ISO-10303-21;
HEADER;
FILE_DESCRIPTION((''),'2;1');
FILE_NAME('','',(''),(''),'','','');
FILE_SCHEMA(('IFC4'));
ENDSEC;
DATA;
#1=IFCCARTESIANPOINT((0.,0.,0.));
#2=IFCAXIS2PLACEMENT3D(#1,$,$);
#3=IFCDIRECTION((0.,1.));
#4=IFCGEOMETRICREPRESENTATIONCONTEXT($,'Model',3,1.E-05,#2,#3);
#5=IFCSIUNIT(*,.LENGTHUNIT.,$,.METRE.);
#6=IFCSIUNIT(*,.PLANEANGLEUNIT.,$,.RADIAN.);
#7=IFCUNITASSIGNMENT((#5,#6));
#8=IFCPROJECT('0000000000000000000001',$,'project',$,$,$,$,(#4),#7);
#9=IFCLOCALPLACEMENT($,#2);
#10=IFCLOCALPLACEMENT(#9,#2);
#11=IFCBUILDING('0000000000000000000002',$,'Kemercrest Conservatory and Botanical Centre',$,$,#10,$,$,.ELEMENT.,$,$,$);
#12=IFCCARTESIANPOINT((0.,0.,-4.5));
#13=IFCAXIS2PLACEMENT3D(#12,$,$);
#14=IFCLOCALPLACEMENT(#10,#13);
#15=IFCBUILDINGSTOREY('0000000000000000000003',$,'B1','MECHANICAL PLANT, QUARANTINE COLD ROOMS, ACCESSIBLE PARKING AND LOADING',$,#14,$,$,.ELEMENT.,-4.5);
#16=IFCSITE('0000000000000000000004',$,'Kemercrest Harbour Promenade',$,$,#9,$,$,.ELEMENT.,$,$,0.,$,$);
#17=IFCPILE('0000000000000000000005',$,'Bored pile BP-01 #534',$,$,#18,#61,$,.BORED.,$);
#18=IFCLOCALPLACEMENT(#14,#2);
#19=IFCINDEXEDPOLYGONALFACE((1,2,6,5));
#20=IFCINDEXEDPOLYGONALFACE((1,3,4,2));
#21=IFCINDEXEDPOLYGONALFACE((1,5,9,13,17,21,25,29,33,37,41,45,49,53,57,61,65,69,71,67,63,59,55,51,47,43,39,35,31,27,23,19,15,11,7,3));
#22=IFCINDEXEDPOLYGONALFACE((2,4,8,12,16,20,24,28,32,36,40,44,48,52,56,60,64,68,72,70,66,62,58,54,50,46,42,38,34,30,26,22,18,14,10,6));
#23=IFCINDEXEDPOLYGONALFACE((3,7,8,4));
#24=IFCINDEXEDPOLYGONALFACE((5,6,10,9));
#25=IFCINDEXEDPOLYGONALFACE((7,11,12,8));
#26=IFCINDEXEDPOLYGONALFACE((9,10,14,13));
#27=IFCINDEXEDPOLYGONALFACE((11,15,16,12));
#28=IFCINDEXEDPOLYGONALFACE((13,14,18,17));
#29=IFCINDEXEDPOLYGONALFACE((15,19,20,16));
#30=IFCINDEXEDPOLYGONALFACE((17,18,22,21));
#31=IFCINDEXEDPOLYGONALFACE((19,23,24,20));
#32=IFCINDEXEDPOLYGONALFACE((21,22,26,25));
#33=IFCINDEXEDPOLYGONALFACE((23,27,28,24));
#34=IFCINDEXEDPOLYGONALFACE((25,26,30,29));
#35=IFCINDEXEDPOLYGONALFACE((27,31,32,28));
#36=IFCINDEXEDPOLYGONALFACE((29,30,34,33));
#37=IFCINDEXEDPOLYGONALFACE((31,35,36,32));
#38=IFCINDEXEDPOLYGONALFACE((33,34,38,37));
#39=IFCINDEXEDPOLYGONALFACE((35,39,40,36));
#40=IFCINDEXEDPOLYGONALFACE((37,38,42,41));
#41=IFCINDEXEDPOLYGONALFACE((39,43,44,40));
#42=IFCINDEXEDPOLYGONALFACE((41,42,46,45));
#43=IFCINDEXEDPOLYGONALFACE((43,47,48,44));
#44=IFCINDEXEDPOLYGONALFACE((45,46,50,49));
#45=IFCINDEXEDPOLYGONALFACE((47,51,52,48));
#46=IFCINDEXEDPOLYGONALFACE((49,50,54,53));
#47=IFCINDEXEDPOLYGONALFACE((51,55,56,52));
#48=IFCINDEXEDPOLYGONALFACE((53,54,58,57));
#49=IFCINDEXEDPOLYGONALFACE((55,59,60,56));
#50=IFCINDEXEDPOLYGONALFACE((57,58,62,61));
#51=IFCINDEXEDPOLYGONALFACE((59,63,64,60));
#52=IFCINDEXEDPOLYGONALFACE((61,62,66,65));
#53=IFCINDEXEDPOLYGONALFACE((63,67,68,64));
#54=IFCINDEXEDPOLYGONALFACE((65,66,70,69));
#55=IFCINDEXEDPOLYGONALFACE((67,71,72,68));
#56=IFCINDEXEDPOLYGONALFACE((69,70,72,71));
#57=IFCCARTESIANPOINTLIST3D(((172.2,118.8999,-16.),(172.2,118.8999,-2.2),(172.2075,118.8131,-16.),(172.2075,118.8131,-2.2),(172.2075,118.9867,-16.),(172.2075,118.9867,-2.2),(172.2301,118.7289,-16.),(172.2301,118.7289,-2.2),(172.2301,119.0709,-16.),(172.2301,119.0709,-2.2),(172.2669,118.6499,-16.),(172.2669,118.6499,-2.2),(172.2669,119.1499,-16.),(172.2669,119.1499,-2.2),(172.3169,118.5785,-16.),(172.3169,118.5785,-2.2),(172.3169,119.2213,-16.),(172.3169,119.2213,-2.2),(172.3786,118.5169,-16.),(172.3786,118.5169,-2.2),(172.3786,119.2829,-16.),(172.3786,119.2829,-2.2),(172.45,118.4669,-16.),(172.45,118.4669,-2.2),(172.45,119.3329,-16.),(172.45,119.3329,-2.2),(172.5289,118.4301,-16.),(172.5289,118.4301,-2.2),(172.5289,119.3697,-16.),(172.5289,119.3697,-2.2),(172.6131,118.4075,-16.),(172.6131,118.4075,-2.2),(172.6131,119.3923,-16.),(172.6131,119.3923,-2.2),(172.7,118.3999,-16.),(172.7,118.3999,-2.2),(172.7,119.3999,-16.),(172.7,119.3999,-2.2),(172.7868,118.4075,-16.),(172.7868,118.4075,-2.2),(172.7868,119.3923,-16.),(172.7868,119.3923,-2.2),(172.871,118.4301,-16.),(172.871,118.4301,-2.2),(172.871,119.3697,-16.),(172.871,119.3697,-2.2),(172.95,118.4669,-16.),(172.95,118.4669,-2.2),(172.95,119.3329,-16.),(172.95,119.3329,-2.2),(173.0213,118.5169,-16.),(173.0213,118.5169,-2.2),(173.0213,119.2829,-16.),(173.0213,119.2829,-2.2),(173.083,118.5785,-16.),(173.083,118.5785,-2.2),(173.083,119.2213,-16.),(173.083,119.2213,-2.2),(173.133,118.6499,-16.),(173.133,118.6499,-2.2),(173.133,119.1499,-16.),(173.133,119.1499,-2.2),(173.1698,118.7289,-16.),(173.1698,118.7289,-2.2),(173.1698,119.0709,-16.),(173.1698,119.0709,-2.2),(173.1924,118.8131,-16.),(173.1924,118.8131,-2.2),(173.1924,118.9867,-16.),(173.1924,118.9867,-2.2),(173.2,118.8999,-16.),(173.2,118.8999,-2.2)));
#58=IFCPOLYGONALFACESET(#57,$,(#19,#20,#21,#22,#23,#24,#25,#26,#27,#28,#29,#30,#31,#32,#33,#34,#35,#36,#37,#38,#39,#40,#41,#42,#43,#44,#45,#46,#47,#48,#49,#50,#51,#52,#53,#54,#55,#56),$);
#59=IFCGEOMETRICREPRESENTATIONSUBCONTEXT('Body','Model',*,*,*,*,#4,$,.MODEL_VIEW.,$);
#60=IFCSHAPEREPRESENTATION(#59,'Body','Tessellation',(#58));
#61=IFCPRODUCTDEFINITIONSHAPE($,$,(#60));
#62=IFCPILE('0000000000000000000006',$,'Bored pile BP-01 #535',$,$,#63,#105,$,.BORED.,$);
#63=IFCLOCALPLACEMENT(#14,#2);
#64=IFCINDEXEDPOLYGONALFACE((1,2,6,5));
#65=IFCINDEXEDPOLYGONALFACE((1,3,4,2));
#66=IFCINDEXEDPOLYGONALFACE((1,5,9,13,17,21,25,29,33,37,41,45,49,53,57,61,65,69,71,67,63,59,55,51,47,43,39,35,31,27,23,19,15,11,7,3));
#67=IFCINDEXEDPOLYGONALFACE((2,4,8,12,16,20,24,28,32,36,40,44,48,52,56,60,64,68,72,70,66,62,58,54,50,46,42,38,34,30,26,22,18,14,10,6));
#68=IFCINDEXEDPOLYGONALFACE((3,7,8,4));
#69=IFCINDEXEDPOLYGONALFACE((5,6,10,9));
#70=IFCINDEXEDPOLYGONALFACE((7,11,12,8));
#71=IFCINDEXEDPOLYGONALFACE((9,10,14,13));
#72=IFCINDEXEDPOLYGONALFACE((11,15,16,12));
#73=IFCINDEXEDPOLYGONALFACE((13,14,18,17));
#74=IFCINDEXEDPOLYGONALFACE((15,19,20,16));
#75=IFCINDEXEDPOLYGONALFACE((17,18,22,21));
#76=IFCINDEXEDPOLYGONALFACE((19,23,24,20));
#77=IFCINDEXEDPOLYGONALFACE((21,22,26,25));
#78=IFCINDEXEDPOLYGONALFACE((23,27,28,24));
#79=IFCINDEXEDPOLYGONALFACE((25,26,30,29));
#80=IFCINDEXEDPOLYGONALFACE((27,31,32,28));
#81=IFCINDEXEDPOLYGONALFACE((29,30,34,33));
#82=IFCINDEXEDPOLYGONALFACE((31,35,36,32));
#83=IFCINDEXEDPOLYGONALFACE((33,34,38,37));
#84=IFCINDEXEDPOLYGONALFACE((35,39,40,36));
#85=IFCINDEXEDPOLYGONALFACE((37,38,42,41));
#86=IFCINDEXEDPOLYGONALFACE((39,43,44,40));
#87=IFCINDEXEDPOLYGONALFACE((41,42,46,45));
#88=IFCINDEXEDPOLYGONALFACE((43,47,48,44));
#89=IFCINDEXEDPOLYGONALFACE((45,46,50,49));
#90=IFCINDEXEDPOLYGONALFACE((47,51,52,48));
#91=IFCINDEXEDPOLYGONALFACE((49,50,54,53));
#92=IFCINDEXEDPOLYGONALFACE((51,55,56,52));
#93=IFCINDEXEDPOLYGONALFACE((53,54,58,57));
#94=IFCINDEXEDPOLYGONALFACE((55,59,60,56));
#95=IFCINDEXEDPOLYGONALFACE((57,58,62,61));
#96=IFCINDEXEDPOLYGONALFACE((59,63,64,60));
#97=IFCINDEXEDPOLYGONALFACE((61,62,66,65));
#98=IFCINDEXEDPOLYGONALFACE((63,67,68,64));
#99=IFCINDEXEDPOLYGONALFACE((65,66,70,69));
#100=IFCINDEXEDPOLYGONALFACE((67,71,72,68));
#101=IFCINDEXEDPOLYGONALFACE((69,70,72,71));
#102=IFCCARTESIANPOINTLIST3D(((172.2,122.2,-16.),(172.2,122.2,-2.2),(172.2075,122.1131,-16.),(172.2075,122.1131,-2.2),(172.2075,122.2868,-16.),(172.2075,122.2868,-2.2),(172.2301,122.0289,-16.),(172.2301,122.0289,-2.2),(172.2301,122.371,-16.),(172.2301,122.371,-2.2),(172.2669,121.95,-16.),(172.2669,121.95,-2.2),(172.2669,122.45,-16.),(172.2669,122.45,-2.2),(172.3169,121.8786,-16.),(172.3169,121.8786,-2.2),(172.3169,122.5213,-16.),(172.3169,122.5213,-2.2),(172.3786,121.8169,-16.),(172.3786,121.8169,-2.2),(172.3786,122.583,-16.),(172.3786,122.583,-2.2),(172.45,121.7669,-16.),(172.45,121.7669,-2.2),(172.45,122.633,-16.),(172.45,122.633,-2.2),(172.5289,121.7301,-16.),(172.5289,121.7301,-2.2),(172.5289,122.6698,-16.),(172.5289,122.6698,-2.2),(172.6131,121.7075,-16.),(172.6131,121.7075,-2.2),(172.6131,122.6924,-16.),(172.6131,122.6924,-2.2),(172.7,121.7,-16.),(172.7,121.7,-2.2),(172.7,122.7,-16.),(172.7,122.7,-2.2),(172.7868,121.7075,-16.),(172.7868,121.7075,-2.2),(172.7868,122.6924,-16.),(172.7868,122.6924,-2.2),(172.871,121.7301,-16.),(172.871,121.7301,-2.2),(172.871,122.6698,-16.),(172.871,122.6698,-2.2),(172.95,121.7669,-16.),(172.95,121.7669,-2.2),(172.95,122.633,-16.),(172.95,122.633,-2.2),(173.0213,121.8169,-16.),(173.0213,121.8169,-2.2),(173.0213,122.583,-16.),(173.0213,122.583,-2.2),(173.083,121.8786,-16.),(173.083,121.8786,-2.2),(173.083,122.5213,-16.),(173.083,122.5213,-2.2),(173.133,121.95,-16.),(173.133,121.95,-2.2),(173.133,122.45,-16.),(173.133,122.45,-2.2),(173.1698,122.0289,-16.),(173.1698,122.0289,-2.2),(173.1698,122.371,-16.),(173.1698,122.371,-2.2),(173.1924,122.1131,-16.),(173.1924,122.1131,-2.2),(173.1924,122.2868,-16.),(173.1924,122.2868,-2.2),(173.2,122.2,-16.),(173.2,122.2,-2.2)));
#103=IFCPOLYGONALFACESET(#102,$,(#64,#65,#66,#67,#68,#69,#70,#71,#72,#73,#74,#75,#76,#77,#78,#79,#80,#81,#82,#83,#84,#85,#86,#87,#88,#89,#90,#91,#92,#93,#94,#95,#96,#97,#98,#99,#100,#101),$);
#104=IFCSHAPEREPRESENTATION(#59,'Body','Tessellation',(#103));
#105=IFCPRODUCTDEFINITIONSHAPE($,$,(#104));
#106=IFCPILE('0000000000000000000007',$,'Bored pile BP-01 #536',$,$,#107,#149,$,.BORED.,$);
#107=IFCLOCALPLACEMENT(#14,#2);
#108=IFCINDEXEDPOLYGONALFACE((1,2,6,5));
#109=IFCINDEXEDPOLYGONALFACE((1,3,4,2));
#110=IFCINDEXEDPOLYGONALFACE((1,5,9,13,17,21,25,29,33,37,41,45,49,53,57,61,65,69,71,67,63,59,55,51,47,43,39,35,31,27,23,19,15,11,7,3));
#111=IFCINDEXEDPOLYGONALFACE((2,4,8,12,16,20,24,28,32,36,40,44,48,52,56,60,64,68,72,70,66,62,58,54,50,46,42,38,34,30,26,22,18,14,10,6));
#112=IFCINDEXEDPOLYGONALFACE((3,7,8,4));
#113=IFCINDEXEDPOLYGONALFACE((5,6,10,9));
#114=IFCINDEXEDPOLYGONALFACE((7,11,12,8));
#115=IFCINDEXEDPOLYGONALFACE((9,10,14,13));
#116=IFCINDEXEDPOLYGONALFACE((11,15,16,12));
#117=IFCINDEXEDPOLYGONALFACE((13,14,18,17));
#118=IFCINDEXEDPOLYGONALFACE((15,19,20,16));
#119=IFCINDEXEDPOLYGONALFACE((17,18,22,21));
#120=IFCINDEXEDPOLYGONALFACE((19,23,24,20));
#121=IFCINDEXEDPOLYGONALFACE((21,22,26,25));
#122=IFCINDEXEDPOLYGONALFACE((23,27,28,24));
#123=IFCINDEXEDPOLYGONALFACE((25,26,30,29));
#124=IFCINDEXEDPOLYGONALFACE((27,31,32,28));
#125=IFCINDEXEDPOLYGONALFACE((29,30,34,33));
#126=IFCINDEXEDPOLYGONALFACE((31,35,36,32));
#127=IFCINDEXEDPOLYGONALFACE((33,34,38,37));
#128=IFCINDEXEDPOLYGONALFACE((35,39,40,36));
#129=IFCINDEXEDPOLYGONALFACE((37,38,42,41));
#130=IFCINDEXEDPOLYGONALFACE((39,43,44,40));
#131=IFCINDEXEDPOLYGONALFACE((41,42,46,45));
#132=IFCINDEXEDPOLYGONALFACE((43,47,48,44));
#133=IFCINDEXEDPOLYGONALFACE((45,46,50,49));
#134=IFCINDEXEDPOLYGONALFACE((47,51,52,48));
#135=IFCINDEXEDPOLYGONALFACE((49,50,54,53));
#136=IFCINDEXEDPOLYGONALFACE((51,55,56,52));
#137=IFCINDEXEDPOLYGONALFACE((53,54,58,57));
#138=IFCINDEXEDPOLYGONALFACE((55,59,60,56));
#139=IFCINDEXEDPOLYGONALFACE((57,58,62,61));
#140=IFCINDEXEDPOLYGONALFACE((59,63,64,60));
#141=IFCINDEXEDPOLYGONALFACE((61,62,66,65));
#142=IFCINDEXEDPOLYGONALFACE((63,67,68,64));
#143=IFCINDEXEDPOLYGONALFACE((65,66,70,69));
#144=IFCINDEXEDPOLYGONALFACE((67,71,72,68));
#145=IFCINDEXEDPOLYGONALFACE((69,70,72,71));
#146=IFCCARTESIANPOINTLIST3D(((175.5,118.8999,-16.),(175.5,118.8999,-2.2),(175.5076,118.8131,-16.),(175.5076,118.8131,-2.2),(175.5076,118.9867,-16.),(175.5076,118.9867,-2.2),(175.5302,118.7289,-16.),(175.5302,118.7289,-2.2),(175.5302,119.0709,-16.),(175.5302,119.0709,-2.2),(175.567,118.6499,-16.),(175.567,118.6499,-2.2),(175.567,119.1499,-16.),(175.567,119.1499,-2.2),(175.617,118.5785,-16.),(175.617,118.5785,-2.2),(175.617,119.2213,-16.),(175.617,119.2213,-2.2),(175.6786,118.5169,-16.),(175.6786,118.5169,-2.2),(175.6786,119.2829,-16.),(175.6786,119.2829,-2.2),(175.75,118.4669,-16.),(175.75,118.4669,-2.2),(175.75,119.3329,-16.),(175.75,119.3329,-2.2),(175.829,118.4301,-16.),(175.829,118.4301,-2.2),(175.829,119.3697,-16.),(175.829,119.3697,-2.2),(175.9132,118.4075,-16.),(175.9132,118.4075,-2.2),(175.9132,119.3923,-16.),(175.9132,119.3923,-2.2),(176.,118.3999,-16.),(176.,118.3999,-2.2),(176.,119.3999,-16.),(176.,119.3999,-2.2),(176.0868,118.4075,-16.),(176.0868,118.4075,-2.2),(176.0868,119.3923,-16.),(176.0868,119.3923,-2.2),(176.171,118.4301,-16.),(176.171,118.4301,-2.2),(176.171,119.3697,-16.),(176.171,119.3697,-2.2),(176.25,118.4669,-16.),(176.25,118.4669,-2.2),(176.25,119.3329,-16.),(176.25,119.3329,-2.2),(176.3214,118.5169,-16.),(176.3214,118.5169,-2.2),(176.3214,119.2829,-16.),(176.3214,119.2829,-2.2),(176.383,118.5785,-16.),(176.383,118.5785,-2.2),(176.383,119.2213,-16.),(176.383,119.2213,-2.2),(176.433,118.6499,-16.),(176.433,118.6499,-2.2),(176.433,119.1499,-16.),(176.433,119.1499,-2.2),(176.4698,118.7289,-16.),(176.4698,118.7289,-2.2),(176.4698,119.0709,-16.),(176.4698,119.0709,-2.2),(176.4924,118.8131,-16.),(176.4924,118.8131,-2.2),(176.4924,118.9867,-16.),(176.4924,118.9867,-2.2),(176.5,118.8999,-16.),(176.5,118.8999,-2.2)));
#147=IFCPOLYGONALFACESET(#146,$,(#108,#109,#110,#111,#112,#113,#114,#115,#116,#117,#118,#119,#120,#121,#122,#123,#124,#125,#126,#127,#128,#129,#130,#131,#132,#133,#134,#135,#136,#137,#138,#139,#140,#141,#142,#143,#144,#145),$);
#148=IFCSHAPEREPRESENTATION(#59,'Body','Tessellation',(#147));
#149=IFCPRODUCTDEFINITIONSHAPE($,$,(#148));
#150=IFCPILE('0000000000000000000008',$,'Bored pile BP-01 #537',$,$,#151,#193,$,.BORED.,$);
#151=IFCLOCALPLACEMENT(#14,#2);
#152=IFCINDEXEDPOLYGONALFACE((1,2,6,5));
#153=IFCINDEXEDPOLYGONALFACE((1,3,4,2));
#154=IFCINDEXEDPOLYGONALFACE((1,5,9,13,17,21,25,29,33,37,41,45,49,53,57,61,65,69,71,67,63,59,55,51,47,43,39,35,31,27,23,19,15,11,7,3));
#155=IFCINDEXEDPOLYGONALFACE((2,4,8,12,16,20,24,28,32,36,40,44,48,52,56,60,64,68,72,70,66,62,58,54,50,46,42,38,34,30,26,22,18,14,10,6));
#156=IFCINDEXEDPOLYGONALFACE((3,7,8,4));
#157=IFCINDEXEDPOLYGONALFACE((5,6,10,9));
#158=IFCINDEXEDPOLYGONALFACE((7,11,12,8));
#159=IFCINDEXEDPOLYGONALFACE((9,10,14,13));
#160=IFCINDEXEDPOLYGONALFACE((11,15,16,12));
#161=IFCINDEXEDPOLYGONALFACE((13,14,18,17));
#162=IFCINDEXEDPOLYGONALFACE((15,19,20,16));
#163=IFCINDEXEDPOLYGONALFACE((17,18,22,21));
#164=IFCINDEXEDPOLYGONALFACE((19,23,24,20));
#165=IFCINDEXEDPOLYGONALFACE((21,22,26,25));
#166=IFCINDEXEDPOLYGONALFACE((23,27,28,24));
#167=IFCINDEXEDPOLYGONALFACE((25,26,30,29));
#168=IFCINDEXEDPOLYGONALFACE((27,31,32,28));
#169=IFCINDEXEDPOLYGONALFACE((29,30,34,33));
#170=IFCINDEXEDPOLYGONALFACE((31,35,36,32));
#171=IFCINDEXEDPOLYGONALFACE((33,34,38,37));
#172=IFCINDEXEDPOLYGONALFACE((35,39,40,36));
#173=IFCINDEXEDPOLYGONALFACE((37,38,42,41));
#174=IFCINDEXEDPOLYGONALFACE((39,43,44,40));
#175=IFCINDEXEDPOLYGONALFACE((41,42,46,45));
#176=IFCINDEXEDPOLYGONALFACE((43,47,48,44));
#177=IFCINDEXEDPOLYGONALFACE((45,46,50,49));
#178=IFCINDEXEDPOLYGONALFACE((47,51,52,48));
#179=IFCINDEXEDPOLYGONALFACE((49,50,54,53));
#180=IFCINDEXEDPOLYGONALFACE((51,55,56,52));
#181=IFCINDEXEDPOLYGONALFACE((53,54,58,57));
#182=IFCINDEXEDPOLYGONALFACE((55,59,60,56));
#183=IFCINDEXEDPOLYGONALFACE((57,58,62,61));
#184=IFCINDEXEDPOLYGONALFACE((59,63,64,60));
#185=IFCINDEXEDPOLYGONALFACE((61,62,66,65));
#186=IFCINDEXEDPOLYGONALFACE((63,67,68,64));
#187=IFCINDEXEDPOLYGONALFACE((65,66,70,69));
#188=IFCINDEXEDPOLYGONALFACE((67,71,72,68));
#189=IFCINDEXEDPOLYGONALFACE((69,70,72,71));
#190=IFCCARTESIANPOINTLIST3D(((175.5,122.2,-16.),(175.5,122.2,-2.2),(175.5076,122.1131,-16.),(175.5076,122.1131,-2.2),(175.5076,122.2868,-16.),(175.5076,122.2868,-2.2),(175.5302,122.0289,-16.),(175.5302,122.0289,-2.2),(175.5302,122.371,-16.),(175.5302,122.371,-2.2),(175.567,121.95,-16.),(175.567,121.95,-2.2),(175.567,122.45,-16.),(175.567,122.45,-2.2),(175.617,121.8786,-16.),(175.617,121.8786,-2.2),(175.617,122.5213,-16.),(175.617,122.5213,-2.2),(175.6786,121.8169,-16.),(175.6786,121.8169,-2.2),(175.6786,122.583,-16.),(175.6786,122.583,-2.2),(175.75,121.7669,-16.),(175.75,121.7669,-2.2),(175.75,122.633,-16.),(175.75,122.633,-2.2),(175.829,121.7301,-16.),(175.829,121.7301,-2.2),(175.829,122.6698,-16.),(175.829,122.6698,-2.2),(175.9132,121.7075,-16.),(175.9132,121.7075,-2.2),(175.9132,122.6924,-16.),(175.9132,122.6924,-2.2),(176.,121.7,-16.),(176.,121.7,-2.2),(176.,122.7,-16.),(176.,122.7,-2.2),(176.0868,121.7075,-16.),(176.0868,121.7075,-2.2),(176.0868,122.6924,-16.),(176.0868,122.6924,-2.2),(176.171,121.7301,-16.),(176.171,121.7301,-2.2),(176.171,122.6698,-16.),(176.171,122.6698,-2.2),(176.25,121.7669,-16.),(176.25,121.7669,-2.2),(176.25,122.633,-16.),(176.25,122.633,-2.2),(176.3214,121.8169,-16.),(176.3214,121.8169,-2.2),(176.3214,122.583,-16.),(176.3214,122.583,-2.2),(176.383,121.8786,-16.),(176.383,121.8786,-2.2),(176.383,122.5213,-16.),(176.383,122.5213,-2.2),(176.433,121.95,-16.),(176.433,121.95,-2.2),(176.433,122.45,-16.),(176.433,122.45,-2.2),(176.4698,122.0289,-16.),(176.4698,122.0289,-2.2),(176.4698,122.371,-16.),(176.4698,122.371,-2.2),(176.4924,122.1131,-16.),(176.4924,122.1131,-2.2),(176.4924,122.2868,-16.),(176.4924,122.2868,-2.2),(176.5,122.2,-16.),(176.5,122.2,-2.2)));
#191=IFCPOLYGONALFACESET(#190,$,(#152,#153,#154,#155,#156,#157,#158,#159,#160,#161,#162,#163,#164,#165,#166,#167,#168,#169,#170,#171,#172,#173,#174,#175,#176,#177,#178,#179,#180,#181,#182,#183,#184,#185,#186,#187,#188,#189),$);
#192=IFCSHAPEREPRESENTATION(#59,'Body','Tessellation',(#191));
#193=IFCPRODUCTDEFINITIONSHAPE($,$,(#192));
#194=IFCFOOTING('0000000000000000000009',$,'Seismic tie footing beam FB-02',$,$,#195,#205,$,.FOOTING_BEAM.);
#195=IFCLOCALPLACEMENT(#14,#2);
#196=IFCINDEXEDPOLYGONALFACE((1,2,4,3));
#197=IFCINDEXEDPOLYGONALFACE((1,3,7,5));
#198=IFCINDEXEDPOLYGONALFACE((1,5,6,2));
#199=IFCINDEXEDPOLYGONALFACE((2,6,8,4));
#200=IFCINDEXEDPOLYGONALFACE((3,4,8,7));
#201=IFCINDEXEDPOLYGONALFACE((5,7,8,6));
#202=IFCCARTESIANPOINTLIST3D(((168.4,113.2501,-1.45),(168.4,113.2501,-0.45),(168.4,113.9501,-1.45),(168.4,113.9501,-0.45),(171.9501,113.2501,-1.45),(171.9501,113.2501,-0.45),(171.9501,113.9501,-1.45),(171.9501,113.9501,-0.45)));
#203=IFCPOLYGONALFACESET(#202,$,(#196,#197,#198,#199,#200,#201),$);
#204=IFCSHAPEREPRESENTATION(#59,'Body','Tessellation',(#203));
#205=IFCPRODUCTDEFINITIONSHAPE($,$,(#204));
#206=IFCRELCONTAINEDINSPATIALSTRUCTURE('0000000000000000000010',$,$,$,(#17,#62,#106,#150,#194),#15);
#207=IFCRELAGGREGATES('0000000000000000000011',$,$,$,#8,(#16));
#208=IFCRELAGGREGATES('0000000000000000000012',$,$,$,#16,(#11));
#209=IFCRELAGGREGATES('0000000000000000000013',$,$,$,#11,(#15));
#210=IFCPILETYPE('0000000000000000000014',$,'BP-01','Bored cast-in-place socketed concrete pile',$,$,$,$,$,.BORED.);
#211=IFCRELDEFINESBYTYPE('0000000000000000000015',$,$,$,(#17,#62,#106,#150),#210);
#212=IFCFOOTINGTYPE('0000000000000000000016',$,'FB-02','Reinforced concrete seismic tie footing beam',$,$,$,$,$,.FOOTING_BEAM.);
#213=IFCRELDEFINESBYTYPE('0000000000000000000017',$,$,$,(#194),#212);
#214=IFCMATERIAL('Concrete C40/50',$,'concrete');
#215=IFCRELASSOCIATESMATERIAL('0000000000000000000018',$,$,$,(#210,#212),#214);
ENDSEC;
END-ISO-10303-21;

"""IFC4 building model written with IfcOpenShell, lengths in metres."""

from ifc_helpers import new_model, si_unit, direction, frame, origin, origin_2d, place, context, subcontext, project, spatial, rectangle, circle, extrude, material, material_profile, profile_set, type_object, element, save


model = new_model("IFC4")

# Units and contexts
model_context = context("Model", 3, precision=1e-05, world=origin(), true_north=direction((0.0, 1.0)))
body_context = subcontext(model_context, "Body", "Model", "MODEL_VIEW")
ifc_project = project(units=[si_unit("LENGTHUNIT", "METRE"), si_unit("PLANEANGLEUNIT", "RADIAN")], contexts=[model_context])

# Site, building, storey
site_placement = place(None, origin())
site = spatial("IfcSite", under=ifc_project, at=site_placement, Name="Kemercrest Harbour Promenade", CompositionType="ELEMENT", RefElevation=0.0)
building_placement = place(site_placement, origin())
building = spatial("IfcBuilding", under=site, at=building_placement, Name="Kemercrest Conservatory and Botanical Centre", CompositionType="ELEMENT")
storey_placement = place(building_placement, frame((0.0, 0.0, -4.5)))
storey = spatial("IfcBuildingStorey", under=building, at=storey_placement, Name="B1", Description="MECHANICAL PLANT, QUARANTINE COLD ROOMS, ACCESSIBLE PARKING AND LOADING", CompositionType="ELEMENT", Elevation=-4.5)

# Piles
ifc_material_1 = material(Name="Concrete C40/50", Category="concrete")
ifc_material_profile_1 = material_profile(ifc_material_1, circle(Radius=0.5, at=origin_2d()), Name="BORED PILE 1000")
ifc_profile_set_1 = profile_set([ifc_material_profile_1], Name="Concrete C40/50")
pile_type = type_object("IfcPileType", Name="BP-01", Description="Bored cast-in-place socketed concrete pile", PredefinedType="BORED", material=ifc_profile_set_1)
for number, where, z_axis, x_axis, name in (
    (1, (172.7, 118.8999, -2.2), (0.0, 0.0, -1.0), (1.0, 0.0, 0.0), "Bored pile BP-01 #534"),
    (2, (172.7, 122.2, -2.2), (0.0, 0.0, -1.0), (1.0, 0.0, 0.0), "Bored pile BP-01 #535"),
    (3, (176.0, 118.8999, -2.2), (0.0, 0.0, -1.0), (1.0, 0.0, 0.0), "Bored pile BP-01 #536"),
    (4, (176.0, 122.2, -2.2), (0.0, 0.0, -1.0), (1.0, 0.0, 0.0), "Bored pile BP-01 #537"),
):
    element("IfcPile", number, at=place(storey_placement, frame(where, z_axis=z_axis, x_axis=x_axis)), inside=storey, type_object=pile_type, Name=name, PredefinedType="BORED", context=body_context, shape_type="SweptSolid", body=[
        extrude(circle(Radius=0.5, at=origin_2d()), origin(), (0.0, 0.0, 1.0), 13.8),
    ])

# Footing
footing_type_1 = type_object("IfcFootingType", Name="FB-02", Description="Reinforced concrete seismic tie footing beam", PredefinedType="FOOTING_BEAM", material=ifc_material_1)
footing_1_placement = place(storey_placement, frame((170.175, 113.6001, -1.45), z_axis=(0.0, 0.0, 1.0), x_axis=(1.0, 0.0, 0.0)))
element("IfcFooting", 5, at=footing_1_placement, inside=storey, type_object=footing_type_1, Name="Seismic tie footing beam FB-02", PredefinedType="FOOTING_BEAM", context=body_context, shape_type="SweptSolid", body=[
    extrude(rectangle(XDim=3.55, YDim=0.7, at=origin_2d()), origin(), (0.0, 0.0, 1.0), 1.0),
])

save(model, "model.ifc")
